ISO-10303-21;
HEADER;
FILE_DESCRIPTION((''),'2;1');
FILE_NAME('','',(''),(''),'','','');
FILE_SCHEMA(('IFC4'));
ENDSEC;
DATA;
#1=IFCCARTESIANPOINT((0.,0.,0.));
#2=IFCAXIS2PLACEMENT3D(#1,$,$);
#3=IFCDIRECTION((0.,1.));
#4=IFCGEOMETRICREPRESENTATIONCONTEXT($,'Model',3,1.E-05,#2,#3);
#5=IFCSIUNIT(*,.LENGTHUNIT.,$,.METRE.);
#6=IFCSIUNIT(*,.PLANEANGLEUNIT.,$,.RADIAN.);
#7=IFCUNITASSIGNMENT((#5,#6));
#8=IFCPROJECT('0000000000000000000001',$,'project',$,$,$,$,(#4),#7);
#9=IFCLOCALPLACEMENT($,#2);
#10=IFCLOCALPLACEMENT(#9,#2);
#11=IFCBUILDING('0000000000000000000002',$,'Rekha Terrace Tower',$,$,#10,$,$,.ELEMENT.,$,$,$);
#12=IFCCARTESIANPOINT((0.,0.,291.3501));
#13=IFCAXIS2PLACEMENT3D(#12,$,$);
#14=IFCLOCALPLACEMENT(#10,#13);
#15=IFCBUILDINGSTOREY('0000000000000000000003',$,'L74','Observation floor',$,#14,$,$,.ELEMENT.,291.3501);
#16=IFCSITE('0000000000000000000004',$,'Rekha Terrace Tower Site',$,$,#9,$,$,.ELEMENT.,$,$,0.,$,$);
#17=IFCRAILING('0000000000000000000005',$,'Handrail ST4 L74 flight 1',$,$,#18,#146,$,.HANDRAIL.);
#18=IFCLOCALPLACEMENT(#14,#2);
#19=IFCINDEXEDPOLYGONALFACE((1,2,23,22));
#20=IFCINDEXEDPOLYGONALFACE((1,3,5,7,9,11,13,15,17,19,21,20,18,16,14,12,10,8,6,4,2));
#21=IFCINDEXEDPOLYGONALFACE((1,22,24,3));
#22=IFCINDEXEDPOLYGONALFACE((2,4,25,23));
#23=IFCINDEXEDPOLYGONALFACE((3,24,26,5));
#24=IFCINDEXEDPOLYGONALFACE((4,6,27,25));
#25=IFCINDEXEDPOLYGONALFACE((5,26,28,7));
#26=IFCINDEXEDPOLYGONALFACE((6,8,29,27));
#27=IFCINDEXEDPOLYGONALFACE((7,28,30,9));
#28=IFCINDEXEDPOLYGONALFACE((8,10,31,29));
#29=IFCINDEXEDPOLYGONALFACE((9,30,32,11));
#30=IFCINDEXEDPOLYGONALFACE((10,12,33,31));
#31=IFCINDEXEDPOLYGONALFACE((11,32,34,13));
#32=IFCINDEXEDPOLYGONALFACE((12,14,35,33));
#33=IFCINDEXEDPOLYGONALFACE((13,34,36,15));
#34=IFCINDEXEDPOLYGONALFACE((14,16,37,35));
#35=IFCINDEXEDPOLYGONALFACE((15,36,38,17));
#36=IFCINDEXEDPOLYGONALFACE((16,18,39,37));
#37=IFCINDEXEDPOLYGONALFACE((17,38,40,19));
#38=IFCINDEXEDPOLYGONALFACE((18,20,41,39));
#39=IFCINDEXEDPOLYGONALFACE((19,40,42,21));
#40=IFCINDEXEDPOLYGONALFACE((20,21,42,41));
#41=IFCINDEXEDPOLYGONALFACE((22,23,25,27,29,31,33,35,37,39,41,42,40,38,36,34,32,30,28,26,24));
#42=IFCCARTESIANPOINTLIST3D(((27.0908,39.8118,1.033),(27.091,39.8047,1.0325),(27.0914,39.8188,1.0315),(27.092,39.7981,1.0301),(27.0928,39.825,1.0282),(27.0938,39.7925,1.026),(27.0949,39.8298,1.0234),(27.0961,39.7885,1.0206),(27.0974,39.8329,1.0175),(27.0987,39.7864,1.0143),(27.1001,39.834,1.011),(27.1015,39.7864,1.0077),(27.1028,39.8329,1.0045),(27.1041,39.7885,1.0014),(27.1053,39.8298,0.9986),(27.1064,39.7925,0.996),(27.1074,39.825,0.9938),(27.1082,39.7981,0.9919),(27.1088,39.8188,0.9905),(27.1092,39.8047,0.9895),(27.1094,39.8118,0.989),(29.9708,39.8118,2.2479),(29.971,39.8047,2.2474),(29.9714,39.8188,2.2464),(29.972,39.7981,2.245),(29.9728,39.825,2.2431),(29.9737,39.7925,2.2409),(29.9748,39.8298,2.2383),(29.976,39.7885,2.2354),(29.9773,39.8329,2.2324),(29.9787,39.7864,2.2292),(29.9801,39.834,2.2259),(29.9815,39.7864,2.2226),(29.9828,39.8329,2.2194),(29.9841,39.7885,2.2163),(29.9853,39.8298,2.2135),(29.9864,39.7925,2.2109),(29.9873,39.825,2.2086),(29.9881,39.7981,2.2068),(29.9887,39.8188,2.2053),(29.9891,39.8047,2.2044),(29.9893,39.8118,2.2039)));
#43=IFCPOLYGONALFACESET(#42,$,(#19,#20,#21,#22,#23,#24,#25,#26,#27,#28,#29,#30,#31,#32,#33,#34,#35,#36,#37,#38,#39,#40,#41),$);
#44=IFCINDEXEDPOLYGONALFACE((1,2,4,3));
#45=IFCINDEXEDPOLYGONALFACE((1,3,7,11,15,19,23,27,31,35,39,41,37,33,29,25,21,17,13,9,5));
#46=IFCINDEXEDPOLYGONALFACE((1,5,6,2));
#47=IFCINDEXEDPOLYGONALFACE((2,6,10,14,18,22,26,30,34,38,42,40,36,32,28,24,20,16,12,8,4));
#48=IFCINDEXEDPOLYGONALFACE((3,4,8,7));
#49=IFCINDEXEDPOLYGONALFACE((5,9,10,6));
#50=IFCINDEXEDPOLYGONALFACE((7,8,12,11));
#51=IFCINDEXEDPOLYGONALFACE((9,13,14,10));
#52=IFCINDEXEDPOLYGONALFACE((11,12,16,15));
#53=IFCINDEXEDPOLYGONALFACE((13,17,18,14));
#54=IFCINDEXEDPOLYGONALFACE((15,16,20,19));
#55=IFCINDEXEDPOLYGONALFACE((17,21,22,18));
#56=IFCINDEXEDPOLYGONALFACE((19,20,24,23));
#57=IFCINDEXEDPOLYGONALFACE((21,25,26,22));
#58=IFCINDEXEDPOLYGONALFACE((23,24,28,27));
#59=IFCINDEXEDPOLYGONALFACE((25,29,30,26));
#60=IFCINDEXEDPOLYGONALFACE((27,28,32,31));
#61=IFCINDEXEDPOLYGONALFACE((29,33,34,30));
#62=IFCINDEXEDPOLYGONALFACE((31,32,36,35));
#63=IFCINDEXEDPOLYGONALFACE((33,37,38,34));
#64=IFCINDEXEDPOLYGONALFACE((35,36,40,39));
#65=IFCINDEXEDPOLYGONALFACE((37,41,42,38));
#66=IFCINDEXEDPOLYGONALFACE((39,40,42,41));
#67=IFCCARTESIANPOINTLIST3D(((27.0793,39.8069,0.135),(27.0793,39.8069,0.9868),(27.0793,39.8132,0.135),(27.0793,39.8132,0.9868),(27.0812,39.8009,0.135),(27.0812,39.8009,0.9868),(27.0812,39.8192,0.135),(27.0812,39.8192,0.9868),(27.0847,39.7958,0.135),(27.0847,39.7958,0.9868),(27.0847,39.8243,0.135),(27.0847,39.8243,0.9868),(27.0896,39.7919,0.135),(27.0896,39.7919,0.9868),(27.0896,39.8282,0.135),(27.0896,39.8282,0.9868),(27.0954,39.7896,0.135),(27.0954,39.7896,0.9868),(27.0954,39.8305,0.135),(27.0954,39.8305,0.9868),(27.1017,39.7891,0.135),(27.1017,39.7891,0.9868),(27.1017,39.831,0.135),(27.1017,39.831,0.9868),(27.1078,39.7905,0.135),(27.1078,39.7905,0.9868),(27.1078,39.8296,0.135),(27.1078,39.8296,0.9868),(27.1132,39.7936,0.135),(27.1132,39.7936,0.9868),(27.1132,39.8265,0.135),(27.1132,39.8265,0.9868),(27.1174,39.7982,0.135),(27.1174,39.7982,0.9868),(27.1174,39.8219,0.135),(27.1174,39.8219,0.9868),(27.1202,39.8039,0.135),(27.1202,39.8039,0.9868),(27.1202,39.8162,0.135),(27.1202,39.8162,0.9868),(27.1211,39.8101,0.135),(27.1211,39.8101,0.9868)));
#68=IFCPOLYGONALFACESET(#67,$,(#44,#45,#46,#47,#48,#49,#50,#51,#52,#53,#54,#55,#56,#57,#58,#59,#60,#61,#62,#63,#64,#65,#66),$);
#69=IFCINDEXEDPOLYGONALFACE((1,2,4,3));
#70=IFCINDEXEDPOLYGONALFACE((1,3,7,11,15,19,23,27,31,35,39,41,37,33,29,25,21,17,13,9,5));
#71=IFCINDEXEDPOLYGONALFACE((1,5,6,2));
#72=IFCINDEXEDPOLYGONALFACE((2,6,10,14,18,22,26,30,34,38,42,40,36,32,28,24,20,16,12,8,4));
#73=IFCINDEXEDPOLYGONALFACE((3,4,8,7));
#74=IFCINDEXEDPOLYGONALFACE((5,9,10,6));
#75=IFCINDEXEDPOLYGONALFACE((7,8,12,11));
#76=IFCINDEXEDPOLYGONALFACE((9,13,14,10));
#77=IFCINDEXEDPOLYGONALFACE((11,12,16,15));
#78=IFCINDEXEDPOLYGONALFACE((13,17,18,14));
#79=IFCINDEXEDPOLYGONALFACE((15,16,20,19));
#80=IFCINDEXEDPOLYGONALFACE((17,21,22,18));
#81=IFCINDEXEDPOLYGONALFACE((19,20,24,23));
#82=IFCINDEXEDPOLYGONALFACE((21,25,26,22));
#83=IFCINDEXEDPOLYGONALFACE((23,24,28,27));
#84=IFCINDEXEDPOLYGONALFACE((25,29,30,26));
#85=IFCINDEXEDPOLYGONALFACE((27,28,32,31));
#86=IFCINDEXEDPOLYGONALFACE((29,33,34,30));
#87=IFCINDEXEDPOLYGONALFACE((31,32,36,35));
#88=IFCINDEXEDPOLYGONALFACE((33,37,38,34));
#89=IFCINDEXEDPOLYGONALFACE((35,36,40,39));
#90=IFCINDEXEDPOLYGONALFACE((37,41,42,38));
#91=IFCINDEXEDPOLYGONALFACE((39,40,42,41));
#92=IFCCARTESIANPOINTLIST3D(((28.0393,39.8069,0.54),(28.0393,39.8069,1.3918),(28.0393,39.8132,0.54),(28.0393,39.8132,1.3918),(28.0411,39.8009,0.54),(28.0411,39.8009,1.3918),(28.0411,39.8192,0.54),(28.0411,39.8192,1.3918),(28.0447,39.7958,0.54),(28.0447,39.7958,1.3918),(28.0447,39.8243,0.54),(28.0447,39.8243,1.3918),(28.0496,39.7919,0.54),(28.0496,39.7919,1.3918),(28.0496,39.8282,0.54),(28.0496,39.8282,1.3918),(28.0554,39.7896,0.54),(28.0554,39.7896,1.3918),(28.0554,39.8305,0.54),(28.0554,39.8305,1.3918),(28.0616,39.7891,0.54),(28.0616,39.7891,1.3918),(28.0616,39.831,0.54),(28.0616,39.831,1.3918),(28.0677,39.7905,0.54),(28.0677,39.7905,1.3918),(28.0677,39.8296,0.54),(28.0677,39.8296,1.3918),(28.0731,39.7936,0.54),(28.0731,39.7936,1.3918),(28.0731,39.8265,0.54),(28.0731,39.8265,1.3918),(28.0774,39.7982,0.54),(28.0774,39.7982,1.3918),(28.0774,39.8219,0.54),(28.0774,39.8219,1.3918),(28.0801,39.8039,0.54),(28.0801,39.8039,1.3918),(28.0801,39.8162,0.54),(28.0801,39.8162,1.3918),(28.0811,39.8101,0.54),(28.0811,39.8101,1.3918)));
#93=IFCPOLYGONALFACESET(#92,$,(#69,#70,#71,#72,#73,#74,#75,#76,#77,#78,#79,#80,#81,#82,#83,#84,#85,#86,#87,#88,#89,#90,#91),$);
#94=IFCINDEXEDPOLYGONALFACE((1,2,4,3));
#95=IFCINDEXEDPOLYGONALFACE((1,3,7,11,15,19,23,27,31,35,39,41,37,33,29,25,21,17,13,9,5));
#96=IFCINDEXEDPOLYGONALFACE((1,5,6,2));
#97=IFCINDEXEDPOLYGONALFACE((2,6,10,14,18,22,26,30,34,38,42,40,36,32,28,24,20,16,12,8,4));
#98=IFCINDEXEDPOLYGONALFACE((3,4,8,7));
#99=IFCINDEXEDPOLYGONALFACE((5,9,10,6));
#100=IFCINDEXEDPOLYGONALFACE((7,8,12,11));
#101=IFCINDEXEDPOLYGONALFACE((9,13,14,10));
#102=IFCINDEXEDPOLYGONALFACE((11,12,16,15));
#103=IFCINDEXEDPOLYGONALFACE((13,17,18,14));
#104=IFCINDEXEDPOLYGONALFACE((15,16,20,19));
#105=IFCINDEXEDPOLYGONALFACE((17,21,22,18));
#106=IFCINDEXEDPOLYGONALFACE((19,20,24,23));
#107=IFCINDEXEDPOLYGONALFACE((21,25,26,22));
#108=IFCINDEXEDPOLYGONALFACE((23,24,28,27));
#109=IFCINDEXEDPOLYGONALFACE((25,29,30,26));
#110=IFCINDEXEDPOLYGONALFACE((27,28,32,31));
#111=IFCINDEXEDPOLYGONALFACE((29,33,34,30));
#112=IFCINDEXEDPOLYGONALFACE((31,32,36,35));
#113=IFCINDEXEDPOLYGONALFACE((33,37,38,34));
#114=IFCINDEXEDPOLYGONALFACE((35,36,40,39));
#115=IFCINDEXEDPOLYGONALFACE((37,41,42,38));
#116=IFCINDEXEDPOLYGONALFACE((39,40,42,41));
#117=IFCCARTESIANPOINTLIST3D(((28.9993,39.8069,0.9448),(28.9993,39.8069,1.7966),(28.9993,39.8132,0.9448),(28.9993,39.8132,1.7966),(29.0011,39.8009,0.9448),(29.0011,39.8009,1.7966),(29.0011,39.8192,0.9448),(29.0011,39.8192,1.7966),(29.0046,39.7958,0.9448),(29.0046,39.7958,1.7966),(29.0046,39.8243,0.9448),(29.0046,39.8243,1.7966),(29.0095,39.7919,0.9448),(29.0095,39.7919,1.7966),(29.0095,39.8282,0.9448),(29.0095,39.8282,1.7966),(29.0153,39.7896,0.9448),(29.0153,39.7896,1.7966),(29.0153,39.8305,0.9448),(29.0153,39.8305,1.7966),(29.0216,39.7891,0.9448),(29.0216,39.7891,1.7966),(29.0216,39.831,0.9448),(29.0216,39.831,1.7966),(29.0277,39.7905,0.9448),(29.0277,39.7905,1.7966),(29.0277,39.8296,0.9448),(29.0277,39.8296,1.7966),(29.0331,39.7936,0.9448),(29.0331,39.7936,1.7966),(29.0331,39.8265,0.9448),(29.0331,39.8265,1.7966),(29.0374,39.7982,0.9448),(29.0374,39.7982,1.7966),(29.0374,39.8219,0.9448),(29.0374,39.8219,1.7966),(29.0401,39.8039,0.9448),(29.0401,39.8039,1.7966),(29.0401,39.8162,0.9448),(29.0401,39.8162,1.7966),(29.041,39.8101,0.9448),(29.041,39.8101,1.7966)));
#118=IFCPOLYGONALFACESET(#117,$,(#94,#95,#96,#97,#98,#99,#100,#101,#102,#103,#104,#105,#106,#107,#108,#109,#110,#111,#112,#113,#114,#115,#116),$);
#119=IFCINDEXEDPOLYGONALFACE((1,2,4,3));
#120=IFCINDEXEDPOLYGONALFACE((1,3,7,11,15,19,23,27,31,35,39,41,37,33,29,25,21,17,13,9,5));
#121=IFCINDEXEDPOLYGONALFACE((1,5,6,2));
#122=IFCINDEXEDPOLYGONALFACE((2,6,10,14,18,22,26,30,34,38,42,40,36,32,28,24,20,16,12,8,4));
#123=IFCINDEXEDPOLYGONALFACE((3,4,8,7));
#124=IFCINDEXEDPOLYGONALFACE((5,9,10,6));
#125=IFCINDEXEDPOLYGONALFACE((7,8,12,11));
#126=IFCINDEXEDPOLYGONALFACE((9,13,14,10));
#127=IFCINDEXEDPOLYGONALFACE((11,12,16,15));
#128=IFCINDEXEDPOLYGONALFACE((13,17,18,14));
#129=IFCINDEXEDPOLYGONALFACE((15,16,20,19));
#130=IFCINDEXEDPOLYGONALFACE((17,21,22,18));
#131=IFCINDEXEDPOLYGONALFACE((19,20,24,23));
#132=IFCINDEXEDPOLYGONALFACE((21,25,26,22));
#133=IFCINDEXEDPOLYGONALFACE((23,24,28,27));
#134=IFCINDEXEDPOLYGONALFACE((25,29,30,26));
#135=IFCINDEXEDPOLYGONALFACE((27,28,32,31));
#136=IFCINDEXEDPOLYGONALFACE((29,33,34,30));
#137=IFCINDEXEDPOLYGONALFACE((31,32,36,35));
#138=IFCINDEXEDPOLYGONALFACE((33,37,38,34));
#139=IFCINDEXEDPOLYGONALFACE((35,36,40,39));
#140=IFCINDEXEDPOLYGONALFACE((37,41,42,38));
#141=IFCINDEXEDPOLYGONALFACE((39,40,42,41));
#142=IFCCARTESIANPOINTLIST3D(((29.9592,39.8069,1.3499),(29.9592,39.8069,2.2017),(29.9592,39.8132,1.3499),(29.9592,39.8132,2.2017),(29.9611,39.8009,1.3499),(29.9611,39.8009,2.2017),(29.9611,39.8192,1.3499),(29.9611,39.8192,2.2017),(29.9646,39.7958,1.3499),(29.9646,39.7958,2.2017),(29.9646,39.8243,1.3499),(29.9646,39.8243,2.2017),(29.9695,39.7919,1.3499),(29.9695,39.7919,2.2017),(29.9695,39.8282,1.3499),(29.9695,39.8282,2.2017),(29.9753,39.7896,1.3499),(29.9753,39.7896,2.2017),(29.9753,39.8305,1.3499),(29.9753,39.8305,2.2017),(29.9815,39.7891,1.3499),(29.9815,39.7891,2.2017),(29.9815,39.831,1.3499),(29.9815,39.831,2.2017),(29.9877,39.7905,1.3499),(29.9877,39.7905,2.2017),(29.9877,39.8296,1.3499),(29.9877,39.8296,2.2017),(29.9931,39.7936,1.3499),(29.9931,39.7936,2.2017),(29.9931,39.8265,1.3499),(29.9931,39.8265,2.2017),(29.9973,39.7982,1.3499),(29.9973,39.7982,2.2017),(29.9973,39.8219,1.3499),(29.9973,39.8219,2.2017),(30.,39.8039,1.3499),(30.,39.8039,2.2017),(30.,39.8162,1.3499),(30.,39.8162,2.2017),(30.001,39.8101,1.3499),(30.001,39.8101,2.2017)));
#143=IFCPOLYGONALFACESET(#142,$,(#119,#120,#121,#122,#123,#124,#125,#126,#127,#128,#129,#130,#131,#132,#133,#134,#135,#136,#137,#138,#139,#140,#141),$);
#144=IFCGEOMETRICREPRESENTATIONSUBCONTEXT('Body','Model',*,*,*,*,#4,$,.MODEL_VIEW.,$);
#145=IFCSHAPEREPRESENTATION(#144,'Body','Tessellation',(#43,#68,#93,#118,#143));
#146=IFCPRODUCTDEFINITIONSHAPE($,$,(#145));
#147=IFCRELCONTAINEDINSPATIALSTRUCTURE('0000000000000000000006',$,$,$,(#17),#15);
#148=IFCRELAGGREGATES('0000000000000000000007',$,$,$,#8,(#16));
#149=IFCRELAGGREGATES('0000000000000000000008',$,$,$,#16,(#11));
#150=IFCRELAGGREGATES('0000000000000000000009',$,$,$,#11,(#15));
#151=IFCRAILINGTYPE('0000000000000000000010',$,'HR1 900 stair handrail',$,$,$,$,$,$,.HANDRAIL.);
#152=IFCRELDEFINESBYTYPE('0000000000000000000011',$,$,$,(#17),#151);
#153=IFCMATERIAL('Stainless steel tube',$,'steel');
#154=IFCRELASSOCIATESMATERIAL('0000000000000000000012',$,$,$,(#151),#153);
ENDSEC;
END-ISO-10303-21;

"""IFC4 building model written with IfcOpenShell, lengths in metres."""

from ifc_helpers import new_model, si_unit, direction, frame, origin, origin_2d, place, context, subcontext, project, spatial, circle, extrude, material, type_object, element, save


model = new_model("IFC4")

# Units and contexts
model_context = context("Model", 3, precision=1e-05, world=origin(), true_north=direction((0.0, 1.0)))
body_context = subcontext(model_context, "Body", "Model", "MODEL_VIEW")
ifc_project = project(units=[si_unit("LENGTHUNIT", "METRE"), si_unit("PLANEANGLEUNIT", "RADIAN")], contexts=[model_context])

# Site, building, storey
site_placement = place(None, origin())
site = spatial("IfcSite", under=ifc_project, at=site_placement, Name="Rekha Terrace Tower Site", CompositionType="ELEMENT", RefElevation=0.0)
building_placement = place(site_placement, origin())
building = spatial("IfcBuilding", under=site, at=building_placement, Name="Rekha Terrace Tower", CompositionType="ELEMENT")
storey_placement = place(building_placement, frame((0.0, 0.0, 291.3501)))
storey = spatial("IfcBuildingStorey", under=building, at=storey_placement, Name="L74", Description="Observation floor", CompositionType="ELEMENT", Elevation=291.3501)

# Railing
ifc_material_1 = material(Name="Stainless steel tube", Category="steel")
railing_type_1 = type_object("IfcRailingType", Name="HR1 900 stair handrail", PredefinedType="HANDRAIL", material=ifc_material_1)
railing_1_placement = place(storey_placement, frame((27.1001, 39.8101, 0.135)))
element("IfcRailing", 1, at=railing_1_placement, inside=storey, type_object=railing_type_1, Name="Handrail ST4 L74 flight 1", PredefinedType="HANDRAIL", context=body_context, shape_type="SweptSolid", body=[
    extrude(circle(Radius=0.0239, at=origin_2d()), frame((0.0, 0.0, 0.876), z_axis=(0.921376, 0.0, 0.388671), x_axis=(0.0, 1.0, 0.0)), (0.0, 0.0, 1.0), 3.1257),
    extrude(circle(Radius=0.021, at=origin_2d()), origin(), (0.0, 0.0, 1.0), 0.8518),
    extrude(circle(Radius=0.021, at=origin_2d()), frame((0.96, 0.0, 0.405)), (0.0, 0.0, 1.0), 0.8518),
    extrude(circle(Radius=0.021, at=origin_2d()), frame((1.9199, 0.0, 0.8098)), (0.0, 0.0, 1.0), 0.8518),
    extrude(circle(Radius=0.021, at=origin_2d()), frame((2.8799, 0.0, 1.2148)), (0.0, 0.0, 1.0), 0.8518),
])

save(model, "model.ifc")
